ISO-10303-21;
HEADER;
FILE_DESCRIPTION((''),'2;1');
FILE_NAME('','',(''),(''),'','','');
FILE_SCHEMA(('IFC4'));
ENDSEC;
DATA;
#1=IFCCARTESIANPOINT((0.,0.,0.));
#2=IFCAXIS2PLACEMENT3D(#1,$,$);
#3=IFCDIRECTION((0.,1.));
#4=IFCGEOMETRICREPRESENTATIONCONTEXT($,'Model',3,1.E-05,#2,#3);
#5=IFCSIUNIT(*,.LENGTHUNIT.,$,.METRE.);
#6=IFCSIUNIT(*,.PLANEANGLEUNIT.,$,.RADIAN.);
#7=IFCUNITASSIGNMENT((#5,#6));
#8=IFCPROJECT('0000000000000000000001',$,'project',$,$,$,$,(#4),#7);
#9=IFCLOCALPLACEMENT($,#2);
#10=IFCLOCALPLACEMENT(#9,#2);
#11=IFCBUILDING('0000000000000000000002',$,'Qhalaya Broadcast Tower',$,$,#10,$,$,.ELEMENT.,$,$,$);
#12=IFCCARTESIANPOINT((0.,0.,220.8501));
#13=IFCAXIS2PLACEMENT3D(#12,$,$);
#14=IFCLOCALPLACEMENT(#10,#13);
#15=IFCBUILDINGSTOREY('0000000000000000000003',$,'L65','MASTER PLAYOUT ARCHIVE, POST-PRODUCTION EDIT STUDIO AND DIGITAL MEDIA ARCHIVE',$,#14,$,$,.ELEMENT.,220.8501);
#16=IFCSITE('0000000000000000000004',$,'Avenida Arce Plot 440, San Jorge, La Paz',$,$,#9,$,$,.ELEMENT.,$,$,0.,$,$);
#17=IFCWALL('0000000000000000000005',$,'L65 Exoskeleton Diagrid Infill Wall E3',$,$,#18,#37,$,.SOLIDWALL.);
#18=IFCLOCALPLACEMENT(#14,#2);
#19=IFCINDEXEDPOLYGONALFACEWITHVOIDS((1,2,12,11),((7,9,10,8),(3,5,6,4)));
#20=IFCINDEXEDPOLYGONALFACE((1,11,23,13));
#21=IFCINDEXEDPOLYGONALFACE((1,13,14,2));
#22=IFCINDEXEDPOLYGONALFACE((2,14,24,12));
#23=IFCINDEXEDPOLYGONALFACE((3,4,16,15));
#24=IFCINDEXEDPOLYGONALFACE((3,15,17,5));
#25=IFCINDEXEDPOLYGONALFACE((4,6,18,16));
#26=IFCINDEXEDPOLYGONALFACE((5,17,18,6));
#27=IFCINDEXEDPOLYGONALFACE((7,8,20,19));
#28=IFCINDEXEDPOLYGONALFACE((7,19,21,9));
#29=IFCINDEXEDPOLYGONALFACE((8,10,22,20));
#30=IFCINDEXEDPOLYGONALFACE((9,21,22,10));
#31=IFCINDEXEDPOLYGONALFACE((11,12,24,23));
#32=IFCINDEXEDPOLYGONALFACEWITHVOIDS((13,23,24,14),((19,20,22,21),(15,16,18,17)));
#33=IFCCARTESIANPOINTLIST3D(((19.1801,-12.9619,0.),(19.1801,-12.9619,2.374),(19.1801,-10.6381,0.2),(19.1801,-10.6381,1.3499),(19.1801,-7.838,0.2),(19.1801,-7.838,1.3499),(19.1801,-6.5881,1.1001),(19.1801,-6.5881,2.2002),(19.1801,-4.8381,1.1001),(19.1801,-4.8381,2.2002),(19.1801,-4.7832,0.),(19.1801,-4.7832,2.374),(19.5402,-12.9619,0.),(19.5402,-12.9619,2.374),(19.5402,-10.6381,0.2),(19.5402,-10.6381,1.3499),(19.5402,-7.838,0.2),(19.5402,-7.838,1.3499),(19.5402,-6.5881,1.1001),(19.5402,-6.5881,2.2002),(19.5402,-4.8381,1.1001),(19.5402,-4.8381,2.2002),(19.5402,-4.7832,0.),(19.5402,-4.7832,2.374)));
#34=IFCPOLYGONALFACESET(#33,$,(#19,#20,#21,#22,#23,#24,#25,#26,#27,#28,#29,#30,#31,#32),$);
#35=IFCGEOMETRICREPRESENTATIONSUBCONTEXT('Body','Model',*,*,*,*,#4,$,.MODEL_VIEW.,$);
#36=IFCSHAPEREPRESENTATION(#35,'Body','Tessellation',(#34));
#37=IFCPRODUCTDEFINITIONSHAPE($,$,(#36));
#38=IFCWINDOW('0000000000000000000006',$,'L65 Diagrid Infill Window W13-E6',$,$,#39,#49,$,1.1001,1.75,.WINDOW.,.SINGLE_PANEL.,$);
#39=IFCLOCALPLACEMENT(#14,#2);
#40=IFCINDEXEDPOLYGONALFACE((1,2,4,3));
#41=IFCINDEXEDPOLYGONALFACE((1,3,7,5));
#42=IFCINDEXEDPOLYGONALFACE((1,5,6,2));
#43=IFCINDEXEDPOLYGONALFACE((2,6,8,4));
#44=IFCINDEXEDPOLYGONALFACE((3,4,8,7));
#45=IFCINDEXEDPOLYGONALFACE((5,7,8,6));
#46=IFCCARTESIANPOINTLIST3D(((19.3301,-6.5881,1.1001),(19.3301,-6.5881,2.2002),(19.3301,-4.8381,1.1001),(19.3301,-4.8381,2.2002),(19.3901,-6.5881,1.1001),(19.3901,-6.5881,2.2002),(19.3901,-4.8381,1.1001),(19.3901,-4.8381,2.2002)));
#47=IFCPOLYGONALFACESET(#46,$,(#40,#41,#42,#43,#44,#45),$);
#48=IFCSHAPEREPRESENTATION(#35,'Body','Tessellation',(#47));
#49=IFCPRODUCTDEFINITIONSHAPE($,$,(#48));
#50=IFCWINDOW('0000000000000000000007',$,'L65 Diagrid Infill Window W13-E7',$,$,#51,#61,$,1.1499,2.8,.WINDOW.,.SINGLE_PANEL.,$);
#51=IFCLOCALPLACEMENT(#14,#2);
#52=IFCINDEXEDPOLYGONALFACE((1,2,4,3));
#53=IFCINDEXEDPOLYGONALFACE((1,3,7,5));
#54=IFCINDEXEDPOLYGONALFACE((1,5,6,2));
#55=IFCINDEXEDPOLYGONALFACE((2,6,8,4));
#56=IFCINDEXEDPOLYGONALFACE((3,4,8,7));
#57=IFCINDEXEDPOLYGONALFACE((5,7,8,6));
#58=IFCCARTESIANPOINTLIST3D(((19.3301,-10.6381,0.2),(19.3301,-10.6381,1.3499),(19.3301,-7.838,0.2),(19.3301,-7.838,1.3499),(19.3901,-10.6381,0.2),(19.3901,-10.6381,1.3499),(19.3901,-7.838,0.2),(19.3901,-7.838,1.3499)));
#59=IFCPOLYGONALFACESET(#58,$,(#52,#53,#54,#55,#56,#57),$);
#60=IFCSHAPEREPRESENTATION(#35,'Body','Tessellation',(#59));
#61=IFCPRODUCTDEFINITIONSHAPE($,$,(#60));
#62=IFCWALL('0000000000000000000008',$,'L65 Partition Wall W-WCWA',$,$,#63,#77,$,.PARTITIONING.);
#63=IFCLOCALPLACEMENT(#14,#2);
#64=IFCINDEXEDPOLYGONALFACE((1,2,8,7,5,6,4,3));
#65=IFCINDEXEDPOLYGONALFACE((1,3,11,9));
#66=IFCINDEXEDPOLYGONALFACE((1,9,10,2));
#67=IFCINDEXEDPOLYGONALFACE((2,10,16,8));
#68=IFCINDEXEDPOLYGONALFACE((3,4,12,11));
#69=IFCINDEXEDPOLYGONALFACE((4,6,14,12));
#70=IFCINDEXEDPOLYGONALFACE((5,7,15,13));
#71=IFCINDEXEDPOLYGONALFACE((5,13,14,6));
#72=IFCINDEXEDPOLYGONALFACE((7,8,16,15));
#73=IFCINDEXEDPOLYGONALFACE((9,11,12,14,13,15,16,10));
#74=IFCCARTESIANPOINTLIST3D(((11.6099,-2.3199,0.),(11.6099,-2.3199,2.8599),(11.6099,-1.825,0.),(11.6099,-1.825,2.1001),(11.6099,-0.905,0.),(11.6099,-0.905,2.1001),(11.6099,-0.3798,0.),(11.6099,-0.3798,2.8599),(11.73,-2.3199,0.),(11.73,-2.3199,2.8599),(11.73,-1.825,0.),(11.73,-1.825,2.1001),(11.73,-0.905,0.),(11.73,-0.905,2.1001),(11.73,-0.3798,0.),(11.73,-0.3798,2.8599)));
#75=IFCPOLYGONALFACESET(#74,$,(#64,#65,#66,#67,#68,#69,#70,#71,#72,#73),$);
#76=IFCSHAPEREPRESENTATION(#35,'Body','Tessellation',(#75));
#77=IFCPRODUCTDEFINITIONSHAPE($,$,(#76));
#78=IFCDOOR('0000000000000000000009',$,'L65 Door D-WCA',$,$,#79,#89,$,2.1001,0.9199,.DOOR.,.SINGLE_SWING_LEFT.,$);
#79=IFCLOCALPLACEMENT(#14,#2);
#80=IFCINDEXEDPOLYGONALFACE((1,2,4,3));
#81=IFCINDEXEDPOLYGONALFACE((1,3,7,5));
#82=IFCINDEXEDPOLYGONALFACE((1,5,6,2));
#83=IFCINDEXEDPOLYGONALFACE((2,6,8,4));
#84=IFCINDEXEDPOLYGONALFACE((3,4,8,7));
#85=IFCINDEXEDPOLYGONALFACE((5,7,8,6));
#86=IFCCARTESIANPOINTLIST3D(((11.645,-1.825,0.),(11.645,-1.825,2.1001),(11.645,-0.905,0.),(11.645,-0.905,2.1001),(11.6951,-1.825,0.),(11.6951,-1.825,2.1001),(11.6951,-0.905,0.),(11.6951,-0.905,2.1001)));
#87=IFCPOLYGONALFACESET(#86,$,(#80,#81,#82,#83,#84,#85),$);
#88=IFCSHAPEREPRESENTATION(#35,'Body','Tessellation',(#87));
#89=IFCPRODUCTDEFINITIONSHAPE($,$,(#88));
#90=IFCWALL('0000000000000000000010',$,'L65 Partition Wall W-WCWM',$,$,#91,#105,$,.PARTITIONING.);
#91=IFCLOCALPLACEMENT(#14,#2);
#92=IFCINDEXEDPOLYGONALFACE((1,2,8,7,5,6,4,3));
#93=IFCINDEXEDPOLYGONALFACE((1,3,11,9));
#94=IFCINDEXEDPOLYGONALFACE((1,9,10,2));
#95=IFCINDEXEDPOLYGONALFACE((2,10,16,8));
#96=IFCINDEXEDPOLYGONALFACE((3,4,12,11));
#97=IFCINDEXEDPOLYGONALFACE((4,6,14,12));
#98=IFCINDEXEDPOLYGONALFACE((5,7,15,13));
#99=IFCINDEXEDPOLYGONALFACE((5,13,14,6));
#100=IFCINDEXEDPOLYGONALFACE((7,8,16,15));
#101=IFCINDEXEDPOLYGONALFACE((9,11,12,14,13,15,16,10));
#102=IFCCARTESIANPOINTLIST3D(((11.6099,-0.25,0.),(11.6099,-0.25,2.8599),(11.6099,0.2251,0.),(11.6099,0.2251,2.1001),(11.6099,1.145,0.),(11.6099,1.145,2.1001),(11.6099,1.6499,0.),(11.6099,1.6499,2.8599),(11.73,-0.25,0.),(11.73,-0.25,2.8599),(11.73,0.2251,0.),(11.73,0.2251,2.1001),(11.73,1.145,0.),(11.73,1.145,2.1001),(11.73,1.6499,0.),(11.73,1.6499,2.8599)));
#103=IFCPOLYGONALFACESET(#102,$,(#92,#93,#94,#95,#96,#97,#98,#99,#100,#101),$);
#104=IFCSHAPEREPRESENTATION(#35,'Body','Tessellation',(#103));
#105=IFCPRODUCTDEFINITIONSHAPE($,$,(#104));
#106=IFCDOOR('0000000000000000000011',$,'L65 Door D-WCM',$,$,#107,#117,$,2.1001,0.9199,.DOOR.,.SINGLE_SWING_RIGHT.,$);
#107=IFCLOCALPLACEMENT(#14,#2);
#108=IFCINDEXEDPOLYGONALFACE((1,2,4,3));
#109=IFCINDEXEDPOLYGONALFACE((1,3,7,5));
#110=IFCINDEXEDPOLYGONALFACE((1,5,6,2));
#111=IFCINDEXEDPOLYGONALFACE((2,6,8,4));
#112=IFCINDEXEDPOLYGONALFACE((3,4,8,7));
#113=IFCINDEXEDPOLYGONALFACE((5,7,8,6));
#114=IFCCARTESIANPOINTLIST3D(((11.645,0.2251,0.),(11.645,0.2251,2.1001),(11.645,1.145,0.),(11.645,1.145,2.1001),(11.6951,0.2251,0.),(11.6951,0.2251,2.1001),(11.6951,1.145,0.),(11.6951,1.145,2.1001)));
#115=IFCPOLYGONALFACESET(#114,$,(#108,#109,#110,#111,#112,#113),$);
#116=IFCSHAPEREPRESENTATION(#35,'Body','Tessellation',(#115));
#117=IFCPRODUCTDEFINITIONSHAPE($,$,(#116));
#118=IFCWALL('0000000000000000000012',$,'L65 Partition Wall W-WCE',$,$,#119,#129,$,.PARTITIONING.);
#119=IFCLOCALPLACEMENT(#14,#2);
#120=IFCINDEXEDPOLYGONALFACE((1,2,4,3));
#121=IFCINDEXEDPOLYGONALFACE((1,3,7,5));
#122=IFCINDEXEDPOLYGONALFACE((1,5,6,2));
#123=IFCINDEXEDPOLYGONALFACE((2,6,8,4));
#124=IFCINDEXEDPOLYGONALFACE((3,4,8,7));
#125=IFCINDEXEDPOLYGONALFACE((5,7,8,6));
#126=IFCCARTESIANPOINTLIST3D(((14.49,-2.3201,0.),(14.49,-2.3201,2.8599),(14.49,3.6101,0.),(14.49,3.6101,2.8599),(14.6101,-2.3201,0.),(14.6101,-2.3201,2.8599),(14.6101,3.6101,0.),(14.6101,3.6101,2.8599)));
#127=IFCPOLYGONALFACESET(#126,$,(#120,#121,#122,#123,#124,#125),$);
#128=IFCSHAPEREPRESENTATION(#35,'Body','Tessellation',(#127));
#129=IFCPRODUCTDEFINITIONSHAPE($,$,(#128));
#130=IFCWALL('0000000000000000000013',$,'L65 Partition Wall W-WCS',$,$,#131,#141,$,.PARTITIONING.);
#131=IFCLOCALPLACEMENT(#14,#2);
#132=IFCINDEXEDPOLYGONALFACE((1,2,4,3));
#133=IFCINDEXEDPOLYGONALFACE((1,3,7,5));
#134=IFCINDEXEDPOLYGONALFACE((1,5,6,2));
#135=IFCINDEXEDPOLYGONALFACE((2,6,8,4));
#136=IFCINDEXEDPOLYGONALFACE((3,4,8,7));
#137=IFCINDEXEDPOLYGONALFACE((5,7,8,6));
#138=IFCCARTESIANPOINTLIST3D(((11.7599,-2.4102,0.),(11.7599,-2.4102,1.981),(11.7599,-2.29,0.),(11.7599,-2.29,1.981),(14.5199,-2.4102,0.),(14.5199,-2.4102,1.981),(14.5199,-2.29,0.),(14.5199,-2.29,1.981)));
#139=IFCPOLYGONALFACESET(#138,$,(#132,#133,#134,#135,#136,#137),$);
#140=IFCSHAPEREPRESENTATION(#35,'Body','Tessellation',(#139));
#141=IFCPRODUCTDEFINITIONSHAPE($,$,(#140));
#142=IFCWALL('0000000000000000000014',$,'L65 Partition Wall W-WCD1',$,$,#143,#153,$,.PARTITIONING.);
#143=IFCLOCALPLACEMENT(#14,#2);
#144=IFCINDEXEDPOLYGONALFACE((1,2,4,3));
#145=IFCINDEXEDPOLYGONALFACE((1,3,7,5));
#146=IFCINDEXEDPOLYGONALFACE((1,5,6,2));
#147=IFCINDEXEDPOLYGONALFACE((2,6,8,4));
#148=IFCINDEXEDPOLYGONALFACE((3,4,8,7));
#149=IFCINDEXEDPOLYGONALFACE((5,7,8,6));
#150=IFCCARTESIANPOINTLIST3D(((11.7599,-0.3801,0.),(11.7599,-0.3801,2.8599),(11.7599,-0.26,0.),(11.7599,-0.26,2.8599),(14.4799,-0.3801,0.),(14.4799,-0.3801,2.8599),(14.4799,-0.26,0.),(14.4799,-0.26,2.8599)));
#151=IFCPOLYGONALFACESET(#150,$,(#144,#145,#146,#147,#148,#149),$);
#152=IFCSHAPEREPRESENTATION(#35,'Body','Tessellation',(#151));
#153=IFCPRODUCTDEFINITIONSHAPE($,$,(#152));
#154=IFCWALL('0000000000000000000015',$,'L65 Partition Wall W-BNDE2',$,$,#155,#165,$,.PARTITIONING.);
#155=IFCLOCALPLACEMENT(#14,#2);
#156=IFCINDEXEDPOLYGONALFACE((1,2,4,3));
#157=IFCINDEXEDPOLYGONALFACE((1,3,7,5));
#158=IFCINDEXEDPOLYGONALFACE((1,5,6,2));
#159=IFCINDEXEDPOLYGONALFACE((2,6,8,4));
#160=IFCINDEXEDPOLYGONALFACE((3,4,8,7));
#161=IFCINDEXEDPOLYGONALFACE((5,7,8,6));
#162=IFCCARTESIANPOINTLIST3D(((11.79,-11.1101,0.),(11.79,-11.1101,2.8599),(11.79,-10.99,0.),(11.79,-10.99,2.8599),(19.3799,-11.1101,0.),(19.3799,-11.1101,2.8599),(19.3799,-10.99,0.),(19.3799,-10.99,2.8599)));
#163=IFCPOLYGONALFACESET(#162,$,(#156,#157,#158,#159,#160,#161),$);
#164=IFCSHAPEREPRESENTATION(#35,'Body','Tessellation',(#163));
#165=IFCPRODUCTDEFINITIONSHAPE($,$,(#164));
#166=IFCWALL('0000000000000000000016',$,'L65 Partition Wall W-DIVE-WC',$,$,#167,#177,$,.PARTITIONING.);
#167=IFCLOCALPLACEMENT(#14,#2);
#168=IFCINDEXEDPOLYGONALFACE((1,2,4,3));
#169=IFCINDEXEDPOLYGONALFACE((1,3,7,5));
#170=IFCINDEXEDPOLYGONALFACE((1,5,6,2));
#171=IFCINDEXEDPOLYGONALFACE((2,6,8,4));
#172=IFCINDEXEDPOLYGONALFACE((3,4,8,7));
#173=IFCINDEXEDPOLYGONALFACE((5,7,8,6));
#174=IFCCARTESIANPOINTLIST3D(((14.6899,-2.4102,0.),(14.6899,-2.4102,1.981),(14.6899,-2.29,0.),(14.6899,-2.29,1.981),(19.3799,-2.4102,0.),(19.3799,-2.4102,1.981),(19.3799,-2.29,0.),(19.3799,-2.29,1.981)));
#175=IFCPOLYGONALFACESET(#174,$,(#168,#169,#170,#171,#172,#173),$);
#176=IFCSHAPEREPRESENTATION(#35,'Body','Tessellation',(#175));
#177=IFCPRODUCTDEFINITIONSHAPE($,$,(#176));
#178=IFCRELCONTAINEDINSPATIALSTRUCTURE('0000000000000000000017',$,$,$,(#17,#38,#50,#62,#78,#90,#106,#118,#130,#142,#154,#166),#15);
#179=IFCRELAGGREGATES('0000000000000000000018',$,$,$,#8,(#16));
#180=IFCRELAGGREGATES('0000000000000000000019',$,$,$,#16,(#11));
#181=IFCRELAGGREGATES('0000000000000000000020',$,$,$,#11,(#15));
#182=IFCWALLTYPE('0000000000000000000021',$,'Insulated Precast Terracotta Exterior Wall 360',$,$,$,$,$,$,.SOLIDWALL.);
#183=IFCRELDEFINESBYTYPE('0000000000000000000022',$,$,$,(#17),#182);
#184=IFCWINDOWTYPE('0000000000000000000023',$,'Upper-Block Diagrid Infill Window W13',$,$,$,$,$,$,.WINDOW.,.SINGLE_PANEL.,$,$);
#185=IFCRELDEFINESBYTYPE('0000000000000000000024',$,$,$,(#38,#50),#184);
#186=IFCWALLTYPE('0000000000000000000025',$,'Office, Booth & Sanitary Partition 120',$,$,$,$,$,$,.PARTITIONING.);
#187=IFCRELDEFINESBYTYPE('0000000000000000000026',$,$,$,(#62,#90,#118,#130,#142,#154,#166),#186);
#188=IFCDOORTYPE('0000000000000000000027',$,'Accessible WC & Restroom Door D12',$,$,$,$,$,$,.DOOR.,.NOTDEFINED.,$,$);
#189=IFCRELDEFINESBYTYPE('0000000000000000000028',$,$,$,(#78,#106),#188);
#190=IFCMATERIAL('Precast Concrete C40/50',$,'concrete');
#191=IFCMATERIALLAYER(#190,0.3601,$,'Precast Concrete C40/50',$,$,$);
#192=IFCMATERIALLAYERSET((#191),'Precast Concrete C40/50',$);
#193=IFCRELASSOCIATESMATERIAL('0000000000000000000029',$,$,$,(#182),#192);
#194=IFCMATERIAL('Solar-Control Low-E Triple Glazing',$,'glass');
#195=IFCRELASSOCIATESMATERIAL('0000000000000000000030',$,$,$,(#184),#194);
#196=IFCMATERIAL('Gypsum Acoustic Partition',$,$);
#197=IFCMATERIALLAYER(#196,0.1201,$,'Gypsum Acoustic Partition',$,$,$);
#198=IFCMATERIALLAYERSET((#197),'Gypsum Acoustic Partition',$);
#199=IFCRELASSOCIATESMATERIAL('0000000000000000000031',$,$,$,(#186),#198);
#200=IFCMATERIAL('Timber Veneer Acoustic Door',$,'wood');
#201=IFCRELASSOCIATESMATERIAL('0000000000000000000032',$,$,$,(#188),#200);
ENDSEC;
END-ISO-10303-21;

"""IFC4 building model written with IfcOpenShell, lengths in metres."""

from ifc_helpers import new_model, si_unit, direction, frame, frame_2d, origin, place, context, subcontext, project, spatial, rectangle, extrude, material, layer, layer_set, type_object, element, fill, save


model = new_model("IFC4")

# Units and contexts
model_context = context("Model", 3, precision=1e-05, world=origin(), true_north=direction((0.0, 1.0)))
body_context = subcontext(model_context, "Body", "Model", "MODEL_VIEW")
ifc_project = project(units=[si_unit("LENGTHUNIT", "METRE"), si_unit("PLANEANGLEUNIT", "RADIAN")], contexts=[model_context])

# Site, building, storey
site_placement = place(None, origin())
site = spatial("IfcSite", under=ifc_project, at=site_placement, Name="Avenida Arce Plot 440, San Jorge, La Paz", CompositionType="ELEMENT", RefElevation=0.0)
building_placement = place(site_placement, origin())
building = spatial("IfcBuilding", under=site, at=building_placement, Name="Qhalaya Broadcast Tower", CompositionType="ELEMENT")
storey_placement = place(building_placement, frame((0.0, 0.0, 220.8501)))
storey = spatial("IfcBuildingStorey", under=building, at=storey_placement, Name="L65", Description="MASTER PLAYOUT ARCHIVE, POST-PRODUCTION EDIT STUDIO AND DIGITAL MEDIA ARCHIVE", CompositionType="ELEMENT", Elevation=220.8501)

# Shared definitions
ifc_material_1 = material(Name="Gypsum Acoustic Partition")
ifc_material_2 = material(Name="Timber Veneer Acoustic Door", Category="wood")

# Wall, openings, windows
ifc_material_3 = material(Name="Precast Concrete C40/50", Category="concrete")
ifc_layer_1 = layer(ifc_material_3, 0.3601, Name="Precast Concrete C40/50")
ifc_layer_set_1 = layer_set([ifc_layer_1], Name="Precast Concrete C40/50")
wall_type_1 = type_object("IfcWallType", Name="Insulated Precast Terracotta Exterior Wall 360", PredefinedType="SOLIDWALL", material=ifc_layer_set_1)
ifc_material_4 = material(Name="Solar-Control Low-E Triple Glazing", Category="glass")
window_type = type_object("IfcWindowType", Name="Upper-Block Diagrid Infill Window W13", PartitioningType="SINGLE_PANEL", PredefinedType="WINDOW", material=ifc_material_4)
wall_1_placement = place(storey_placement, frame((19.3601, -4.7832, 0.0), z_axis=(0.0, 0.0, 1.0), x_axis=(0.0, -1.0, 0.0)))
wall_1 = element("IfcWall", 1, at=wall_1_placement, inside=storey, type_object=wall_type_1, Name="L65 Exoskeleton Diagrid Infill Wall E3", PredefinedType="SOLIDWALL", context=body_context, shape_type="SweptSolid", body=[
    extrude(rectangle(XDim=8.1787, YDim=0.3601, at=frame_2d((4.0894, 0.0))), origin(), (0.0, 0.0, 1.0), 2.374),
])
opening_1_placement = place(wall_1_placement, frame((0.0549, 0.0, 1.1001)))
opening_1 = element("IfcOpeningElement", 2, at=opening_1_placement, cuts=wall_1, PredefinedType="OPENING", context=body_context, shape_type="SweptSolid", body=[
    extrude(rectangle(XDim=1.75, YDim=1.1001, at=frame_2d((0.875, 0.55))), frame((0.0, 0.1921, 0.0), z_axis=(0.0, -1.0, 0.0), x_axis=(1.0, 0.0, 0.0)), (0.0, 0.0, 1.0), 0.384),
])
opening_2_placement = place(wall_1_placement, frame((3.0549, 0.0, 0.2)))
opening_2 = element("IfcOpeningElement", 3, at=opening_2_placement, cuts=wall_1, PredefinedType="OPENING", context=body_context, shape_type="SweptSolid", body=[
    extrude(rectangle(XDim=2.8, YDim=1.1499, at=frame_2d((1.3999, 0.575))), frame((0.0, 0.1921, 0.0), z_axis=(0.0, -1.0, 0.0), x_axis=(1.0, 0.0, 0.0)), (0.0, 0.0, 1.0), 0.384),
])
window_1_placement = place(opening_1_placement, origin())
window_1 = element("IfcWindow", 4, at=window_1_placement, inside=storey, type_object=window_type, Name="L65 Diagrid Infill Window W13-E6", OverallHeight=1.1001, OverallWidth=1.75, PartitioningType="SINGLE_PANEL", PredefinedType="WINDOW", context=body_context, shape_type="SweptSolid", body=[
    extrude(rectangle(XDim=1.75, YDim=1.1001, at=frame_2d((0.875, 0.55))), frame((0.0, 0.03, 0.0), z_axis=(0.0, -1.0, 0.0), x_axis=(1.0, 0.0, 0.0)), (0.0, 0.0, 1.0), 0.0601),
])
fill(opening_1, window_1)
window_2_placement = place(opening_2_placement, origin())
window_2 = element("IfcWindow", 5, at=window_2_placement, inside=storey, type_object=window_type, Name="L65 Diagrid Infill Window W13-E7", OverallHeight=1.1499, OverallWidth=2.8, PartitioningType="SINGLE_PANEL", PredefinedType="WINDOW", context=body_context, shape_type="SweptSolid", body=[
    extrude(rectangle(XDim=2.8, YDim=1.1499, at=frame_2d((1.3999, 0.575))), frame((0.0, 0.03, 0.0), z_axis=(0.0, -1.0, 0.0), x_axis=(1.0, 0.0, 0.0)), (0.0, 0.0, 1.0), 0.0601),
])
fill(opening_2, window_2)

# Walls, openings, doors
ifc_layer_2 = layer(ifc_material_1, 0.1201, Name="Gypsum Acoustic Partition")
ifc_layer_set_2 = layer_set([ifc_layer_2], Name="Gypsum Acoustic Partition")
wall_type_2 = type_object("IfcWallType", Name="Office, Booth & Sanitary Partition 120", PredefinedType="PARTITIONING", material=ifc_layer_set_2)
wall_2_placement = place(storey_placement, frame((11.6699, -2.3201, 0.0), z_axis=(0.0, 0.0, 1.0), x_axis=(0.0, 1.0, 0.0)))
wall_2 = element("IfcWall", 6, at=wall_2_placement, inside=storey, type_object=wall_type_2, Name="L65 Partition Wall W-WCWA", PredefinedType="PARTITIONING", context=body_context, shape_type="SweptSolid", body=[
    extrude(rectangle(XDim=1.9402, YDim=0.1201, at=frame_2d((0.9702, 0.0))), origin(), (0.0, 0.0, 1.0), 2.8599),
])
opening_3_placement = place(wall_2_placement, frame((0.4951, 0.0, 0.0)))
opening_3 = element("IfcOpeningElement", 7, at=opening_3_placement, cuts=wall_2, PredefinedType="OPENING", context=body_context, shape_type="SweptSolid", body=[
    extrude(rectangle(XDim=0.9199, YDim=2.1001, at=frame_2d((0.46, 1.05))), frame((0.0, 0.072, 0.0), z_axis=(0.0, -1.0, 0.0), x_axis=(1.0, 0.0, 0.0)), (0.0, 0.0, 1.0), 0.144),
])
door_type_1 = type_object("IfcDoorType", Name="Accessible WC & Restroom Door D12", OperationType="NOTDEFINED", PredefinedType="DOOR", material=ifc_material_2)
door_1_placement = place(opening_3_placement, origin())
door_1 = element("IfcDoor", 8, at=door_1_placement, inside=storey, type_object=door_type_1, Name="L65 Door D-WCA", OperationType="SINGLE_SWING_LEFT", OverallHeight=2.1001, OverallWidth=0.9199, PredefinedType="DOOR", context=body_context, shape_type="SweptSolid", body=[
    extrude(rectangle(XDim=0.9199, YDim=2.1001, at=frame_2d((0.46, 1.05))), frame((0.0, 0.0249, 0.0), z_axis=(0.0, -1.0, 0.0), x_axis=(1.0, 0.0, 0.0)), (0.0, 0.0, 1.0), 0.05),
])
fill(opening_3, door_1)
wall_3_placement = place(storey_placement, frame((11.6699, -0.25, 0.0), z_axis=(0.0, 0.0, 1.0), x_axis=(0.0, 1.0, 0.0)))
wall_3 = element("IfcWall", 9, at=wall_3_placement, inside=storey, type_object=wall_type_2, Name="L65 Partition Wall W-WCWM", PredefinedType="PARTITIONING", context=body_context, shape_type="SweptSolid", body=[
    extrude(rectangle(XDim=1.8999, YDim=0.1201, at=frame_2d((0.95, 0.0))), origin(), (0.0, 0.0, 1.0), 2.8599),
])
opening_4_placement = place(wall_3_placement, frame((0.4751, 0.0, 0.0)))
opening_4 = element("IfcOpeningElement", 10, at=opening_4_placement, cuts=wall_3, PredefinedType="OPENING", context=body_context, shape_type="SweptSolid", body=[
    extrude(rectangle(XDim=0.9199, YDim=2.1001, at=frame_2d((0.46, 1.05))), frame((0.0, 0.072, 0.0), z_axis=(0.0, -1.0, 0.0), x_axis=(1.0, 0.0, 0.0)), (0.0, 0.0, 1.0), 0.144),
])
door_2_placement = place(opening_4_placement, origin())
door_2 = element("IfcDoor", 11, at=door_2_placement, inside=storey, type_object=door_type_1, Name="L65 Door D-WCM", OperationType="SINGLE_SWING_RIGHT", OverallHeight=2.1001, OverallWidth=0.9199, PredefinedType="DOOR", context=body_context, shape_type="SweptSolid", body=[
    extrude(rectangle(XDim=0.9199, YDim=2.1001, at=frame_2d((0.46, 1.05))), frame((0.0, 0.0249, 0.0), z_axis=(0.0, -1.0, 0.0), x_axis=(1.0, 0.0, 0.0)), (0.0, 0.0, 1.0), 0.05),
])
fill(opening_4, door_2)

# Walls
wall_4_placement = place(storey_placement, frame((14.55, -2.3201, 0.0), z_axis=(0.0, 0.0, 1.0), x_axis=(0.0, 1.0, 0.0)))
element("IfcWall", 12, at=wall_4_placement, inside=storey, type_object=wall_type_2, Name="L65 Partition Wall W-WCE", PredefinedType="PARTITIONING", context=body_context, shape_type="SweptSolid", body=[
    extrude(rectangle(XDim=5.9302, YDim=0.1201, at=frame_2d((2.9651, 0.0))), origin(), (0.0, 0.0, 1.0), 2.8599),
])
wall_5_placement = place(storey_placement, frame((11.76, -2.3501, 0.0), z_axis=(0.0, 0.0, 1.0), x_axis=(1.0, 0.0, 0.0)))
element("IfcWall", 13, at=wall_5_placement, inside=storey, type_object=wall_type_2, Name="L65 Partition Wall W-WCS", PredefinedType="PARTITIONING", context=body_context, shape_type="SweptSolid", body=[
    extrude(rectangle(XDim=2.76, YDim=0.1201, at=frame_2d((1.3799, 0.0))), origin(), (0.0, 0.0, 1.0), 1.981),
])
wall_6_placement = place(storey_placement, frame((11.76, -0.3201, 0.0), z_axis=(0.0, 0.0, 1.0), x_axis=(1.0, 0.0, 0.0)))
element("IfcWall", 14, at=wall_6_placement, inside=storey, type_object=wall_type_2, Name="L65 Partition Wall W-WCD1", PredefinedType="PARTITIONING", context=body_context, shape_type="SweptSolid", body=[
    extrude(rectangle(XDim=2.72, YDim=0.1201, at=frame_2d((1.3599, 0.0))), origin(), (0.0, 0.0, 1.0), 2.8599),
])
wall_7_placement = place(storey_placement, frame((11.79, -11.05, 0.0), z_axis=(0.0, 0.0, 1.0), x_axis=(1.0, 0.0, 0.0)))
element("IfcWall", 15, at=wall_7_placement, inside=storey, type_object=wall_type_2, Name="L65 Partition Wall W-BNDE2", PredefinedType="PARTITIONING", context=body_context, shape_type="SweptSolid", body=[
    extrude(rectangle(XDim=7.5898, YDim=0.1201, at=frame_2d((3.7949, 0.0))), origin(), (0.0, 0.0, 1.0), 2.8599),
])
wall_8_placement = place(storey_placement, frame((14.6899, -2.3501, 0.0), z_axis=(0.0, 0.0, 1.0), x_axis=(1.0, 0.0, 0.0)))
element("IfcWall", 16, at=wall_8_placement, inside=storey, type_object=wall_type_2, Name="L65 Partition Wall W-DIVE-WC", PredefinedType="PARTITIONING", context=body_context, shape_type="SweptSolid", body=[
    extrude(rectangle(XDim=4.6899, YDim=0.1201, at=frame_2d((2.345, 0.0))), origin(), (0.0, 0.0, 1.0), 1.981),
])

save(model, "model.ifc")
